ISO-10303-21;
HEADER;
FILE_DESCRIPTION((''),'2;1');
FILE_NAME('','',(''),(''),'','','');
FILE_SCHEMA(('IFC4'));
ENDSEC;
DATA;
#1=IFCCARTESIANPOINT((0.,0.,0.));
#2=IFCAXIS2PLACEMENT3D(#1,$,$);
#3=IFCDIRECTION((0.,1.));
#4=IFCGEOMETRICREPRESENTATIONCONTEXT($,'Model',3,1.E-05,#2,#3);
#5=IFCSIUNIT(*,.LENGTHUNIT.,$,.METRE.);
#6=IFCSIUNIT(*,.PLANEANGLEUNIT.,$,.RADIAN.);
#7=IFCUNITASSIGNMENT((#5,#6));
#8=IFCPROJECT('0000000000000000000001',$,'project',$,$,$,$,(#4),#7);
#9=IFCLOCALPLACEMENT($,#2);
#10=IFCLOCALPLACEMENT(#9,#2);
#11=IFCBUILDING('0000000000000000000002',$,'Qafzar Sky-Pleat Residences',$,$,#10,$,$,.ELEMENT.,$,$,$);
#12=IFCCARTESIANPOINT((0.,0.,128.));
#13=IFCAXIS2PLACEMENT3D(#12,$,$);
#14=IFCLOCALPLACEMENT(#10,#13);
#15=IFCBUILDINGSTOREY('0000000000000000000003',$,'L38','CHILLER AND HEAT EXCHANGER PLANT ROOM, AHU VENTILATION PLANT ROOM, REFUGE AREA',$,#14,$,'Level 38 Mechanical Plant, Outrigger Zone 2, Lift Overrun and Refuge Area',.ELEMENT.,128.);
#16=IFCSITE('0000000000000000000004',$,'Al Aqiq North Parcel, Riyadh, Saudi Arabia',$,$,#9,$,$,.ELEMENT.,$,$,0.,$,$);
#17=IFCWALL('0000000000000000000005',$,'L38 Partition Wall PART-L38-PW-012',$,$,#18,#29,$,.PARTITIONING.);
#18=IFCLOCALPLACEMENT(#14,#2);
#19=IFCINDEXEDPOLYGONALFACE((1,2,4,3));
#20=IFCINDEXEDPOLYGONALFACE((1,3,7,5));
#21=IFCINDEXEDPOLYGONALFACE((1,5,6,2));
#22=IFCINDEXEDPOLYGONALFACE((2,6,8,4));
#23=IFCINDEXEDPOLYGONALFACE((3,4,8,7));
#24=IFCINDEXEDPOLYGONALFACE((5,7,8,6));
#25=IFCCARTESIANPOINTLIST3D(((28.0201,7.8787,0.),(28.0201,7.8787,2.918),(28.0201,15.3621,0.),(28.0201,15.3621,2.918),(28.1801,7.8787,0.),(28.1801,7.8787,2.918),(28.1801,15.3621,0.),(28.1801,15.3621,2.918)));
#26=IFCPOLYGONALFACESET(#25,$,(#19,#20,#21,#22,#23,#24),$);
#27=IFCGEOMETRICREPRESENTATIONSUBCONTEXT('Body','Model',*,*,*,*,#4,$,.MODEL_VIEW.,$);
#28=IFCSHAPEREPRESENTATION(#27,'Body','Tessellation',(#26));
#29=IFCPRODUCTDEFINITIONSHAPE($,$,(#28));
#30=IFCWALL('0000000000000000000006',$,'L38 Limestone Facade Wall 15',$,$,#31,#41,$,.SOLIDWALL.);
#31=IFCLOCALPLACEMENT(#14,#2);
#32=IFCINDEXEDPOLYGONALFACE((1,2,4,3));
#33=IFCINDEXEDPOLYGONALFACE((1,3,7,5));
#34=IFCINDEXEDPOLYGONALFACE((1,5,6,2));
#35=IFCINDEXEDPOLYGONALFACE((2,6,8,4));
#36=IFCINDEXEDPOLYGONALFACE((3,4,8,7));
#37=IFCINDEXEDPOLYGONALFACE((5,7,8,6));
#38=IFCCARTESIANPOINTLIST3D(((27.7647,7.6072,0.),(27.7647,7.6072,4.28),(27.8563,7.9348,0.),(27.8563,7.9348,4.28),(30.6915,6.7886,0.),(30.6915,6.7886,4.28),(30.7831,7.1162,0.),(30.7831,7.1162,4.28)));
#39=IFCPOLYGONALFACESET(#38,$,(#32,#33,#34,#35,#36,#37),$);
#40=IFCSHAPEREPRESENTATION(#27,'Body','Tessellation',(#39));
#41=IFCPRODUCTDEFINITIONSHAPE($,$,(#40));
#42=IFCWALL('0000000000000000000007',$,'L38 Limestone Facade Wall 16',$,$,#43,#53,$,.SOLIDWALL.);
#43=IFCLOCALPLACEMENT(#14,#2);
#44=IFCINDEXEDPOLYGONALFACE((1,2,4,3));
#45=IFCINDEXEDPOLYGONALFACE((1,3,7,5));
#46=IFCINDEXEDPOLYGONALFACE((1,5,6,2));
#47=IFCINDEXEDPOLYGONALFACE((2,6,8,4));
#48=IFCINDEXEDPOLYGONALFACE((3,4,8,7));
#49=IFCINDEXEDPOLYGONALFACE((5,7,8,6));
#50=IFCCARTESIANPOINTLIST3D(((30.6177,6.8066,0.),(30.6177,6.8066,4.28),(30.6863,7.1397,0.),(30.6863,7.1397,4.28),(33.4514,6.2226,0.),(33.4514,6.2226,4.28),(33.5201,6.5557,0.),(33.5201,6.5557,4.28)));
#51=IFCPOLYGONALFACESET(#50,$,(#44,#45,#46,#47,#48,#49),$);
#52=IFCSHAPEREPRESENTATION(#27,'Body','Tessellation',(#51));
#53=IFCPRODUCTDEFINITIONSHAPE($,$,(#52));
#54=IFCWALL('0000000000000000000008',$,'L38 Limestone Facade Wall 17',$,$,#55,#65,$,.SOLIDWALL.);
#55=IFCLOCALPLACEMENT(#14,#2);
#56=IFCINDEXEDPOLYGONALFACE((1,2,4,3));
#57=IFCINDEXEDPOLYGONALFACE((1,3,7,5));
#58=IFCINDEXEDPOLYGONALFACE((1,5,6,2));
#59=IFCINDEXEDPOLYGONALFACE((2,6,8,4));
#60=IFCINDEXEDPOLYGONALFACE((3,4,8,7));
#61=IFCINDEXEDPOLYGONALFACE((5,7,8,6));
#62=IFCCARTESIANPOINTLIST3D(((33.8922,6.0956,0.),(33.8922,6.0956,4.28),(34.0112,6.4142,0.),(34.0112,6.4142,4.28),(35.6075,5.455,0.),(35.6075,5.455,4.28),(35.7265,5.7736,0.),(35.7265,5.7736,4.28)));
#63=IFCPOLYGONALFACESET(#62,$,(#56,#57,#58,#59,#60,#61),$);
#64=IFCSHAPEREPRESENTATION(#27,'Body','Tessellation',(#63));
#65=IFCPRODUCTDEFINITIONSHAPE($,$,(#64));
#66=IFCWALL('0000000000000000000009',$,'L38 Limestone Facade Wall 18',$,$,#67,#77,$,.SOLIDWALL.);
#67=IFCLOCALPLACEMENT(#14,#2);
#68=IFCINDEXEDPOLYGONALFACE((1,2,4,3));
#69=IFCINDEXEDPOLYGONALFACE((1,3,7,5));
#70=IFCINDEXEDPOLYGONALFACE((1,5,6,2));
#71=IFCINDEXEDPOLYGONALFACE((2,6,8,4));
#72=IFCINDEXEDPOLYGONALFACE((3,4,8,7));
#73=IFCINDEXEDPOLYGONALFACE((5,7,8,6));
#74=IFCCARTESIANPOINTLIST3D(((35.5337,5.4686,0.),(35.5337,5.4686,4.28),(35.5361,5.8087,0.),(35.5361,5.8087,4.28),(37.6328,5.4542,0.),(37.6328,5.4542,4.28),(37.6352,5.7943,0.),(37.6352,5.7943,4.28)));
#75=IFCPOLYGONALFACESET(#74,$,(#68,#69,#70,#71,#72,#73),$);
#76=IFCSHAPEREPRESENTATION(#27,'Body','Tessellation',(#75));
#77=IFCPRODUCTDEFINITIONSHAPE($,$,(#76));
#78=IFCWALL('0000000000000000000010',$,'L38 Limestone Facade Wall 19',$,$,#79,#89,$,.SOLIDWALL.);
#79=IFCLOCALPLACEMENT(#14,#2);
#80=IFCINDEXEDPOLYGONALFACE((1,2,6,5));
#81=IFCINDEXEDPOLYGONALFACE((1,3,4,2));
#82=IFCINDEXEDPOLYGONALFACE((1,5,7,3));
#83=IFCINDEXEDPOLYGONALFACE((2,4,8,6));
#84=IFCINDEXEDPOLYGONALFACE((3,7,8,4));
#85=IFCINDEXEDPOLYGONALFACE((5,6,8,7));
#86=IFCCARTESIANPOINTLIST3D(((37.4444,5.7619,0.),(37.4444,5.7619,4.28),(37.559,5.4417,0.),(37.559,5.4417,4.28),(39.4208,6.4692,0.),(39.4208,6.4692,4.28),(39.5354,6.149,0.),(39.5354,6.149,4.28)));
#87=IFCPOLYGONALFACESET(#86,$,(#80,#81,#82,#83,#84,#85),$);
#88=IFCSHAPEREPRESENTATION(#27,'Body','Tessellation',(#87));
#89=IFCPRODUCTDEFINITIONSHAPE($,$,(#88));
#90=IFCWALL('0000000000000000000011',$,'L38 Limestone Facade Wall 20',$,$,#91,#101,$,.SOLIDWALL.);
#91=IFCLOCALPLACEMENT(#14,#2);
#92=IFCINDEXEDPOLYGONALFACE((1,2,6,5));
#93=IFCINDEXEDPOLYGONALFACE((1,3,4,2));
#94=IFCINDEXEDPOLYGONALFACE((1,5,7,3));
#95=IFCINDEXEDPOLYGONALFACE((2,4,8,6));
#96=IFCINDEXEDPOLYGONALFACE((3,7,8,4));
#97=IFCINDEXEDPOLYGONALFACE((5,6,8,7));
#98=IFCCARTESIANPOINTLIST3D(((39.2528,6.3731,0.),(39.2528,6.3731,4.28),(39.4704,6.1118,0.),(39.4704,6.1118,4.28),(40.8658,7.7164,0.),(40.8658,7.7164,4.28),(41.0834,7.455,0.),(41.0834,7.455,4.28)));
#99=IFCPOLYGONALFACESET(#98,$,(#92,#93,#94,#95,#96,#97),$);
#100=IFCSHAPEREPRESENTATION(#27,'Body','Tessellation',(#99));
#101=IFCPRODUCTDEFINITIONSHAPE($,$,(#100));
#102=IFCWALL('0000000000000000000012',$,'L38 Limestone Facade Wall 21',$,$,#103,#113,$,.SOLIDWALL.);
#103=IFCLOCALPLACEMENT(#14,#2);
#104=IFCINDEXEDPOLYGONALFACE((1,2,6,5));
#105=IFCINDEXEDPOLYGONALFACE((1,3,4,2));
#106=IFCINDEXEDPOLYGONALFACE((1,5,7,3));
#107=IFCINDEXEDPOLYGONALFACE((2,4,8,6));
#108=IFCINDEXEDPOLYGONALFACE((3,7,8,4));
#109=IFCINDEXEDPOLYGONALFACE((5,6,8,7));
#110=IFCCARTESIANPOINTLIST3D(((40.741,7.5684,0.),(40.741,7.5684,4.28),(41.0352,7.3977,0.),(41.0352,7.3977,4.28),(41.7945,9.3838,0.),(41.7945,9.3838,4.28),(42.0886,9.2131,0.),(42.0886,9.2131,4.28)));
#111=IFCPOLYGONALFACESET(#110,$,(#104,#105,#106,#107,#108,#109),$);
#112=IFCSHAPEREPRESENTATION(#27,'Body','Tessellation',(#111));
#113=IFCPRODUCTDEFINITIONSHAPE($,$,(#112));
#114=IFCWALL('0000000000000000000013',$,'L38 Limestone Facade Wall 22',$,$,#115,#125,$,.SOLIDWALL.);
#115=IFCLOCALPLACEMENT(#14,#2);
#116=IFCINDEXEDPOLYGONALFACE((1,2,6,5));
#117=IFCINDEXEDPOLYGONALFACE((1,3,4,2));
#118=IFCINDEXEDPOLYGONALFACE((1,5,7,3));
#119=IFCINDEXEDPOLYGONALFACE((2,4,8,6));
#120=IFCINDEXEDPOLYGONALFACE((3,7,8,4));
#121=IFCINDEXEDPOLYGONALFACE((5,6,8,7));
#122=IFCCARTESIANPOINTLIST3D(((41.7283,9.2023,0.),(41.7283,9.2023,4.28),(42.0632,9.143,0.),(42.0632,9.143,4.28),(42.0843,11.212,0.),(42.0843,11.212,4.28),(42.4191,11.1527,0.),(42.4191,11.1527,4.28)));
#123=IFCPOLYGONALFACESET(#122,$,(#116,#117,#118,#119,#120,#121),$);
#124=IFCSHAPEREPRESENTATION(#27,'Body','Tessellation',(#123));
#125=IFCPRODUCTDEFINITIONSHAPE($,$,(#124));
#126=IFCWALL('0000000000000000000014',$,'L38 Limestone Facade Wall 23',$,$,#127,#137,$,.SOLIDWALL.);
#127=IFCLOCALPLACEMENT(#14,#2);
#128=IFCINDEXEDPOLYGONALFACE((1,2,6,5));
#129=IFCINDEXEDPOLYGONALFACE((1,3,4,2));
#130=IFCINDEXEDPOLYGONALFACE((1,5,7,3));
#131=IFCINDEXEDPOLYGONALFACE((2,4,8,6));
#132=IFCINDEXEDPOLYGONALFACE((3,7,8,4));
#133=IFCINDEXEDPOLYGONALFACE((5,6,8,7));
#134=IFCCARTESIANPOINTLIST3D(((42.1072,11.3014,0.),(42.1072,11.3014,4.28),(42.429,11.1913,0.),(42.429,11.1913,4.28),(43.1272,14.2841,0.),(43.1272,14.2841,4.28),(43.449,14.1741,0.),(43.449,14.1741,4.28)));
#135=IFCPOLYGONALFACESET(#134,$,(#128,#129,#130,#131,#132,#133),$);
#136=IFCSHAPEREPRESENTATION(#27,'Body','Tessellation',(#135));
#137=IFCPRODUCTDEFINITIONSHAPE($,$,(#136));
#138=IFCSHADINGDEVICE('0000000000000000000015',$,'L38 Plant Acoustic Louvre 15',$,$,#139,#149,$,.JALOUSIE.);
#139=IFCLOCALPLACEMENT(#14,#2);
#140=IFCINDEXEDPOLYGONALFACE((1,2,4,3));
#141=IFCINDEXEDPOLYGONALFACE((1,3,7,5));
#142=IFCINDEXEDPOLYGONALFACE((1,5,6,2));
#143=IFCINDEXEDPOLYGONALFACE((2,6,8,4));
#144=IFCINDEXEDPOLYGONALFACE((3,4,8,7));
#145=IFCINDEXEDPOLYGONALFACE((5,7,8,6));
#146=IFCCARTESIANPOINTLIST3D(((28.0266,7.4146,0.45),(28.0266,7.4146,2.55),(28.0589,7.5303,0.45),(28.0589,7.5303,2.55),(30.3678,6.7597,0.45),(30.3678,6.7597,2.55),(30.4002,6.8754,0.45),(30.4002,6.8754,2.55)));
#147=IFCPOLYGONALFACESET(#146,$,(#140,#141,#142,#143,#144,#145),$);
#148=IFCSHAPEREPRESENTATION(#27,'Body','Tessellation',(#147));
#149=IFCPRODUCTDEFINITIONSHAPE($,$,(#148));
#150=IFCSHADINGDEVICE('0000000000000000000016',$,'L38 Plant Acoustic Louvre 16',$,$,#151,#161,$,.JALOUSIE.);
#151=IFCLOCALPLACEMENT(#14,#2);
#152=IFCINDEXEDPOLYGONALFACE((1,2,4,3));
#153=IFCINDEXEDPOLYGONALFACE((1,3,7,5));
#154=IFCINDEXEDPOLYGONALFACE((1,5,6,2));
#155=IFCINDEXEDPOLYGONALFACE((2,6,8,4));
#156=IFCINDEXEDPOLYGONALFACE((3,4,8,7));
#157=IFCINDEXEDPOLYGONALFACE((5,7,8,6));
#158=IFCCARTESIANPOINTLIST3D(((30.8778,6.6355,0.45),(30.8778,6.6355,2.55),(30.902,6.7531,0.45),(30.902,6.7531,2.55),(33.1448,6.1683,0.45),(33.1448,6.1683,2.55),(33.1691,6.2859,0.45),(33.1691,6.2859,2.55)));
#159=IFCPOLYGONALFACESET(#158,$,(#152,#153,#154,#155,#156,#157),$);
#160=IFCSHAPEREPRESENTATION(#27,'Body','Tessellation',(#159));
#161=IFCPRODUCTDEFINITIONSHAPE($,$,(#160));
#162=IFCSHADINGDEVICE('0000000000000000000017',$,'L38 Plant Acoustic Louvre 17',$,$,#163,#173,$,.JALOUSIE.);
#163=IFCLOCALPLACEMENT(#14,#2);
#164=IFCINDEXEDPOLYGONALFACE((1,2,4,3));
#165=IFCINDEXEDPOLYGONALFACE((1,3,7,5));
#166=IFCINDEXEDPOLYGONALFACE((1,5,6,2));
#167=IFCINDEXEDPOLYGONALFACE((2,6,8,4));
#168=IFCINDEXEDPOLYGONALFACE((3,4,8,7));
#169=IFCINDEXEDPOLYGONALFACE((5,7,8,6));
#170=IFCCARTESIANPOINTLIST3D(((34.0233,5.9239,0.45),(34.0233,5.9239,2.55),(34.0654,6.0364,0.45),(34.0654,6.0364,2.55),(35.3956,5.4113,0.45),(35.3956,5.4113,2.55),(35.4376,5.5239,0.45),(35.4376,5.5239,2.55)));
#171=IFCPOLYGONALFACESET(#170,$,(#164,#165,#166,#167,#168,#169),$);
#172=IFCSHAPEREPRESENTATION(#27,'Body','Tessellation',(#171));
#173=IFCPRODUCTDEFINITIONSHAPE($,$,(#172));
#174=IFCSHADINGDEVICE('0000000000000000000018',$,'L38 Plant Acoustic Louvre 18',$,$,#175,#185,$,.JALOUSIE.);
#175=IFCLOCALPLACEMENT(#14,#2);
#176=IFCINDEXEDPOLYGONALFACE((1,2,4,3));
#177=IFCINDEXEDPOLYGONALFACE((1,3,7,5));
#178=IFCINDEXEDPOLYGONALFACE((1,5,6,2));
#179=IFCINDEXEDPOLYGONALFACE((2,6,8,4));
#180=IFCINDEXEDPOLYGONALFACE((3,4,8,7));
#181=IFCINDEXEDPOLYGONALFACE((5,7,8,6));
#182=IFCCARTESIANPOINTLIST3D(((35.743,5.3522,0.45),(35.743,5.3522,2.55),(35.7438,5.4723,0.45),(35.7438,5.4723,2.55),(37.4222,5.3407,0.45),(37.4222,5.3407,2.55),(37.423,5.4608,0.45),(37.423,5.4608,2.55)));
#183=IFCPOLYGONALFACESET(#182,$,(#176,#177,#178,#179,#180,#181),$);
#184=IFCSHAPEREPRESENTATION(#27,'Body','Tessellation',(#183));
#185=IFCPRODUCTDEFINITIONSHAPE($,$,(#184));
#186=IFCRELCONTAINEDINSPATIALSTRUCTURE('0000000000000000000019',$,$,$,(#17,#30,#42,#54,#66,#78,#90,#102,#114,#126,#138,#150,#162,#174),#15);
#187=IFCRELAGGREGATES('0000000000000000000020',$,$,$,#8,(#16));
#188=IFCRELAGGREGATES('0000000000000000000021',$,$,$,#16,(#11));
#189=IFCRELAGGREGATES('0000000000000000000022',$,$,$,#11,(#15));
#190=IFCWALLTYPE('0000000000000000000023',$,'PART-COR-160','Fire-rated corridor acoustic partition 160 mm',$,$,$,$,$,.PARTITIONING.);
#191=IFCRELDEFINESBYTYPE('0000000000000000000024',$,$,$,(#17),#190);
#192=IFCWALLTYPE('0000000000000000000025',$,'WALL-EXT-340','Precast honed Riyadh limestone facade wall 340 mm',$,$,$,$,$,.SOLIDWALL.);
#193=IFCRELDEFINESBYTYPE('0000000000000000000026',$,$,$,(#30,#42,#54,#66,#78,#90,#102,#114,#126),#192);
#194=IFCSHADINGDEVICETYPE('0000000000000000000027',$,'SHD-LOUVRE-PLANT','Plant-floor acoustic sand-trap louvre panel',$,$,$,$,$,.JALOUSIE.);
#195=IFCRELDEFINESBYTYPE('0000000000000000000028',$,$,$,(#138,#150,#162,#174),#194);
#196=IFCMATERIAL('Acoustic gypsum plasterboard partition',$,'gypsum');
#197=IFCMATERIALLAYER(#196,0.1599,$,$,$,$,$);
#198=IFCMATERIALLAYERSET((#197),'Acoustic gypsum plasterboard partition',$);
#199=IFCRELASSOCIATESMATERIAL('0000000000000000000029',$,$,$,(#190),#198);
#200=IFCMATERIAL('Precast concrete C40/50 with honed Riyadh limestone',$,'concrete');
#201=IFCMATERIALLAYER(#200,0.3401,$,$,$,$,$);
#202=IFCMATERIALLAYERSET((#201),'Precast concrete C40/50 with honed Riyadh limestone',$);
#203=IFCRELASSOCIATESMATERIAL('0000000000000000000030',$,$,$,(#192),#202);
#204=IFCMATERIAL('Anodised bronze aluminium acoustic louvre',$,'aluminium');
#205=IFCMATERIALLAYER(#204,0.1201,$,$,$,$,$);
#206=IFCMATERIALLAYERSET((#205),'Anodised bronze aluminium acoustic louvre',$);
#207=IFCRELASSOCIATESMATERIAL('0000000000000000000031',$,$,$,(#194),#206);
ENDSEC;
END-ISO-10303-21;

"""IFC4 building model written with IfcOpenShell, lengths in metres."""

from ifc_helpers import new_model, si_unit, direction, frame, frame_2d, origin, origin_2d, place, context, subcontext, project, spatial, rectangle, extrude, source, transform, mapped, material, layer, layer_set, type_object, element, save


model = new_model("IFC4")

# Units and contexts
model_context = context("Model", 3, precision=1e-05, world=origin(), true_north=direction((0.0, 1.0)))
body_context = subcontext(model_context, "Body", "Model", "MODEL_VIEW")
ifc_project = project(units=[si_unit("LENGTHUNIT", "METRE"), si_unit("PLANEANGLEUNIT", "RADIAN")], contexts=[model_context])

# Site, building, storey
site_placement = place(None, origin())
site = spatial("IfcSite", under=ifc_project, at=site_placement, Name="Al Aqiq North Parcel, Riyadh, Saudi Arabia", CompositionType="ELEMENT", RefElevation=0.0)
building_placement = place(site_placement, origin())
building = spatial("IfcBuilding", under=site, at=building_placement, Name="Qafzar Sky-Pleat Residences", CompositionType="ELEMENT")
storey_placement = place(building_placement, frame((0.0, 0.0, 128.0)))
storey = spatial("IfcBuildingStorey", under=building, at=storey_placement, Name="L38", Description="CHILLER AND HEAT EXCHANGER PLANT ROOM, AHU VENTILATION PLANT ROOM, REFUGE AREA", LongName="Level 38 Mechanical Plant, Outrigger Zone 2, Lift Overrun and Refuge Area", CompositionType="ELEMENT", Elevation=128.0)

# Walls
ifc_material_1 = material(Name="Acoustic gypsum plasterboard partition", Category="gypsum")
ifc_layer_1 = layer(ifc_material_1, 0.1599)
ifc_layer_set_1 = layer_set([ifc_layer_1], Name="Acoustic gypsum plasterboard partition")
wall_type_1 = type_object("IfcWallType", Name="PART-COR-160", Description="Fire-rated corridor acoustic partition 160 mm", PredefinedType="PARTITIONING", material=ifc_layer_set_1)
wall_1_placement = place(storey_placement, frame((28.1001, 7.8787, 0.0), z_axis=(0.0, 0.0, 1.0), x_axis=(0.0, 1.0, 0.0)))
element("IfcWall", 1, at=wall_1_placement, inside=storey, type_object=wall_type_1, Name="L38 Partition Wall PART-L38-PW-012", PredefinedType="PARTITIONING", context=body_context, shape_type="SweptSolid", body=[
    extrude(rectangle(XDim=7.4834, YDim=0.1599, at=frame_2d((3.7417, 0.0))), origin(), (0.0, 0.0, 1.0), 2.918),
])
ifc_material_2 = material(Name="Precast concrete C40/50 with honed Riyadh limestone", Category="concrete")
ifc_layer_2 = layer(ifc_material_2, 0.3401)
ifc_layer_set_2 = layer_set([ifc_layer_2], Name="Precast concrete C40/50 with honed Riyadh limestone")
wall_type_2 = type_object("IfcWallType", Name="WALL-EXT-340", Description="Precast honed Riyadh limestone facade wall 340 mm", PredefinedType="SOLIDWALL", material=ifc_layer_set_2)
wall_2_placement = place(storey_placement, frame((27.8105, 7.771, 0.0), z_axis=(0.0, 0.0, 1.0), x_axis=(0.96304, -0.269359, 0.0)))
element("IfcWall", 2, at=wall_2_placement, inside=storey, type_object=wall_type_2, Name="L38 Limestone Facade Wall 15", PredefinedType="SOLIDWALL", context=body_context, shape_type="SweptSolid", body=[
    extrude(rectangle(XDim=3.0391, YDim=0.3401, at=frame_2d((1.5195, 0.0))), origin(), (0.0, 0.0, 1.0), 4.28),
])
wall_3_placement = place(storey_placement, frame((30.6519, 6.9731, 0.0), z_axis=(0.0, 0.0, 1.0), x_axis=(0.979418, -0.201841, 0.0)))
element("IfcWall", 3, at=wall_3_placement, inside=storey, type_object=wall_type_2, Name="L38 Limestone Facade Wall 16", PredefinedType="SOLIDWALL", context=body_context, shape_type="SweptSolid", body=[
    extrude(rectangle(XDim=2.8933, YDim=0.3401, at=frame_2d((1.4468, 0.0))), origin(), (0.0, 0.0, 1.0), 4.28),
])
wall_4_placement = place(storey_placement, frame((33.9517, 6.2549, 0.0), z_axis=(0.0, 0.0, 1.0), x_axis=(0.9368, -0.349867, 0.0)))
element("IfcWall", 4, at=wall_4_placement, inside=storey, type_object=wall_type_2, Name="L38 Limestone Facade Wall 17", PredefinedType="SOLIDWALL", context=body_context, shape_type="SweptSolid", body=[
    extrude(rectangle(XDim=1.8311, YDim=0.3401, at=frame_2d((0.9155, 0.0))), origin(), (0.0, 0.0, 1.0), 4.28),
])
for number, where, z_axis, x_axis, name in (
    (5, (35.5349, 5.6387, 0.0), (0.0, 0.0, 1.0), (0.999976, -0.006862, 0.0), "L38 Limestone Facade Wall 18"),
    (6, (37.5017, 5.6018, 0.0), (0.0, 0.0, 1.0), (0.941523, 0.336948, 0.0), "L38 Limestone Facade Wall 19"),
    (7, (39.3616, 6.2424, 0.0), (0.0, 0.0, 1.0), (0.768441, 0.639921, 0.0), "L38 Limestone Facade Wall 20"),
):
    element("IfcWall", number, at=place(storey_placement, frame(where, z_axis=z_axis, x_axis=x_axis)), inside=storey, type_object=wall_type_2, Name=name, PredefinedType="SOLIDWALL", context=body_context, shape_type="SweptSolid", body=[
        extrude(rectangle(XDim=2.0991, YDim=0.3401, at=frame_2d((1.0496, 0.0))), origin(), (0.0, 0.0, 1.0), 4.28),
    ])
wall_5_placement = place(storey_placement, frame((40.8882, 7.4832, 0.0), z_axis=(0.0, 0.0, 1.0), x_axis=(0.501903, 0.864924, 0.0)))
element("IfcWall", 8, at=wall_5_placement, inside=storey, type_object=wall_type_2, Name="L38 Limestone Facade Wall 21", PredefinedType="SOLIDWALL", context=body_context, shape_type="SweptSolid", body=[
    extrude(rectangle(XDim=2.0989, YDim=0.3401, at=frame_2d((1.0493, 0.0))), origin(), (0.0, 0.0, 1.0), 4.28),
])
wall_6_placement = place(storey_placement, frame((41.8958, 9.1726, 0.0), z_axis=(0.0, 0.0, 1.0), x_axis=(0.174399, 0.984675, 0.0)))
element("IfcWall", 9, at=wall_6_placement, inside=storey, type_object=wall_type_2, Name="L38 Limestone Facade Wall 22", PredefinedType="SOLIDWALL", context=body_context, shape_type="SweptSolid", body=[
    extrude(rectangle(XDim=2.041, YDim=0.3401, at=frame_2d((1.0205, 0.0))), origin(), (0.0, 0.0, 1.0), 4.28),
])
wall_7_placement = place(storey_placement, frame((42.2681, 11.2463, 0.0), z_axis=(0.0, 0.0, 1.0), x_axis=(0.323584, 0.9462, 0.0)))
element("IfcWall", 10, at=wall_7_placement, inside=storey, type_object=wall_type_2, Name="L38 Limestone Facade Wall 23", PredefinedType="SOLIDWALL", context=body_context, shape_type="SweptSolid", body=[
    extrude(rectangle(XDim=3.1523, YDim=0.3401, at=frame_2d((1.5762, 0.0))), origin(), (0.0, 0.0, 1.0), 4.28),
])

# Shading devices
ifc_material_3 = material(Name="Anodised bronze aluminium acoustic louvre", Category="aluminium")
ifc_layer_3 = layer(ifc_material_3, 0.1201)
ifc_layer_set_3 = layer_set([ifc_layer_3], Name="Anodised bronze aluminium acoustic louvre")
shading_device_type = type_object("IfcShadingDeviceType", Name="SHD-LOUVRE-PLANT", Description="Plant-floor acoustic sand-trap louvre panel", PredefinedType="JALOUSIE", material=ifc_layer_set_3)
shared_shape_1 = source(origin(), body_context, "Body", "SweptSolid", [
    extrude(rectangle(XDim=2.4312, YDim=0.1201, at=origin_2d()), origin(), (0.0, 0.0, 1.0), 2.1001),
])
shading_device_1_placement = place(storey_placement, frame((29.2134, 7.145, 0.45), z_axis=(0.0, 0.0, 1.0), x_axis=(0.963036, -0.269371, 0.0)))
element("IfcShadingDevice", 11, at=shading_device_1_placement, inside=storey, type_object=shading_device_type, Name="L38 Plant Acoustic Louvre 15", PredefinedType="JALOUSIE", context=body_context, shape_type="MappedRepresentation", body=[
    mapped(shared_shape_1, transform((0.0, 0.0, 0.0), x_axis=(1.0, 0.0, 0.0), y_axis=(0.0, 1.0, 0.0), z_axis=(0.0, 0.0, 1.0), scale=1.0)),
])
shared_shape_2 = source(origin(), body_context, "Body", "SweptSolid", [
    extrude(rectangle(XDim=2.3147, YDim=0.1201, at=origin_2d()), origin(), (0.0, 0.0, 1.0), 2.1001),
])
shading_device_2_placement = place(storey_placement, frame((32.0234, 6.4607, 0.45), z_axis=(0.0, 0.0, 1.0), x_axis=(0.979418, -0.201842, 0.0)))
element("IfcShadingDevice", 12, at=shading_device_2_placement, inside=storey, type_object=shading_device_type, Name="L38 Plant Acoustic Louvre 16", PredefinedType="JALOUSIE", context=body_context, shape_type="MappedRepresentation", body=[
    mapped(shared_shape_2, transform((0.0, 0.0, 0.0), x_axis=(1.0, 0.0, 0.0), y_axis=(0.0, 1.0, 0.0), z_axis=(0.0, 0.0, 1.0), scale=1.0)),
])
shared_shape_3 = source(origin(), body_context, "Body", "SweptSolid", [
    extrude(rectangle(XDim=1.4648, YDim=0.1201, at=origin_2d()), origin(), (0.0, 0.0, 1.0), 2.1001),
])
shading_device_3_placement = place(storey_placement, frame((34.7305, 5.7239, 0.45), z_axis=(0.0, 0.0, 1.0), x_axis=(0.936784, -0.349908, 0.0)))
element("IfcShadingDevice", 13, at=shading_device_3_placement, inside=storey, type_object=shading_device_type, Name="L38 Plant Acoustic Louvre 17", PredefinedType="JALOUSIE", context=body_context, shape_type="MappedRepresentation", body=[
    mapped(shared_shape_3, transform((0.0, 0.0, 0.0), x_axis=(1.0, 0.0, 0.0), y_axis=(0.0, 1.0, 0.0), z_axis=(0.0, 0.0, 1.0), scale=1.0)),
])
shared_shape_4 = source(origin(), body_context, "Body", "SweptSolid", [
    extrude(rectangle(XDim=1.6792, YDim=0.1201, at=origin_2d()), origin(), (0.0, 0.0, 1.0), 2.1001),
])
for number, where, z_axis, x_axis, name in (
    (14, (36.583, 5.4065, 0.45), (0.0, 0.0, 1.0), (0.999976, -0.00686, 0.0), "L38 Plant Acoustic Louvre 18"),
):
    element("IfcShadingDevice", number, at=place(storey_placement, frame(where, z_axis=z_axis, x_axis=x_axis)), inside=storey, type_object=shading_device_type, Name=name, PredefinedType="JALOUSIE", context=body_context, shape_type="MappedRepresentation", body=[
        mapped(shared_shape_4, transform((0.0, 0.0, 0.0), x_axis=(1.0, 0.0, 0.0), y_axis=(0.0, 1.0, 0.0), z_axis=(0.0, 0.0, 1.0), scale=1.0)),
    ])

save(model, "model.ifc")
